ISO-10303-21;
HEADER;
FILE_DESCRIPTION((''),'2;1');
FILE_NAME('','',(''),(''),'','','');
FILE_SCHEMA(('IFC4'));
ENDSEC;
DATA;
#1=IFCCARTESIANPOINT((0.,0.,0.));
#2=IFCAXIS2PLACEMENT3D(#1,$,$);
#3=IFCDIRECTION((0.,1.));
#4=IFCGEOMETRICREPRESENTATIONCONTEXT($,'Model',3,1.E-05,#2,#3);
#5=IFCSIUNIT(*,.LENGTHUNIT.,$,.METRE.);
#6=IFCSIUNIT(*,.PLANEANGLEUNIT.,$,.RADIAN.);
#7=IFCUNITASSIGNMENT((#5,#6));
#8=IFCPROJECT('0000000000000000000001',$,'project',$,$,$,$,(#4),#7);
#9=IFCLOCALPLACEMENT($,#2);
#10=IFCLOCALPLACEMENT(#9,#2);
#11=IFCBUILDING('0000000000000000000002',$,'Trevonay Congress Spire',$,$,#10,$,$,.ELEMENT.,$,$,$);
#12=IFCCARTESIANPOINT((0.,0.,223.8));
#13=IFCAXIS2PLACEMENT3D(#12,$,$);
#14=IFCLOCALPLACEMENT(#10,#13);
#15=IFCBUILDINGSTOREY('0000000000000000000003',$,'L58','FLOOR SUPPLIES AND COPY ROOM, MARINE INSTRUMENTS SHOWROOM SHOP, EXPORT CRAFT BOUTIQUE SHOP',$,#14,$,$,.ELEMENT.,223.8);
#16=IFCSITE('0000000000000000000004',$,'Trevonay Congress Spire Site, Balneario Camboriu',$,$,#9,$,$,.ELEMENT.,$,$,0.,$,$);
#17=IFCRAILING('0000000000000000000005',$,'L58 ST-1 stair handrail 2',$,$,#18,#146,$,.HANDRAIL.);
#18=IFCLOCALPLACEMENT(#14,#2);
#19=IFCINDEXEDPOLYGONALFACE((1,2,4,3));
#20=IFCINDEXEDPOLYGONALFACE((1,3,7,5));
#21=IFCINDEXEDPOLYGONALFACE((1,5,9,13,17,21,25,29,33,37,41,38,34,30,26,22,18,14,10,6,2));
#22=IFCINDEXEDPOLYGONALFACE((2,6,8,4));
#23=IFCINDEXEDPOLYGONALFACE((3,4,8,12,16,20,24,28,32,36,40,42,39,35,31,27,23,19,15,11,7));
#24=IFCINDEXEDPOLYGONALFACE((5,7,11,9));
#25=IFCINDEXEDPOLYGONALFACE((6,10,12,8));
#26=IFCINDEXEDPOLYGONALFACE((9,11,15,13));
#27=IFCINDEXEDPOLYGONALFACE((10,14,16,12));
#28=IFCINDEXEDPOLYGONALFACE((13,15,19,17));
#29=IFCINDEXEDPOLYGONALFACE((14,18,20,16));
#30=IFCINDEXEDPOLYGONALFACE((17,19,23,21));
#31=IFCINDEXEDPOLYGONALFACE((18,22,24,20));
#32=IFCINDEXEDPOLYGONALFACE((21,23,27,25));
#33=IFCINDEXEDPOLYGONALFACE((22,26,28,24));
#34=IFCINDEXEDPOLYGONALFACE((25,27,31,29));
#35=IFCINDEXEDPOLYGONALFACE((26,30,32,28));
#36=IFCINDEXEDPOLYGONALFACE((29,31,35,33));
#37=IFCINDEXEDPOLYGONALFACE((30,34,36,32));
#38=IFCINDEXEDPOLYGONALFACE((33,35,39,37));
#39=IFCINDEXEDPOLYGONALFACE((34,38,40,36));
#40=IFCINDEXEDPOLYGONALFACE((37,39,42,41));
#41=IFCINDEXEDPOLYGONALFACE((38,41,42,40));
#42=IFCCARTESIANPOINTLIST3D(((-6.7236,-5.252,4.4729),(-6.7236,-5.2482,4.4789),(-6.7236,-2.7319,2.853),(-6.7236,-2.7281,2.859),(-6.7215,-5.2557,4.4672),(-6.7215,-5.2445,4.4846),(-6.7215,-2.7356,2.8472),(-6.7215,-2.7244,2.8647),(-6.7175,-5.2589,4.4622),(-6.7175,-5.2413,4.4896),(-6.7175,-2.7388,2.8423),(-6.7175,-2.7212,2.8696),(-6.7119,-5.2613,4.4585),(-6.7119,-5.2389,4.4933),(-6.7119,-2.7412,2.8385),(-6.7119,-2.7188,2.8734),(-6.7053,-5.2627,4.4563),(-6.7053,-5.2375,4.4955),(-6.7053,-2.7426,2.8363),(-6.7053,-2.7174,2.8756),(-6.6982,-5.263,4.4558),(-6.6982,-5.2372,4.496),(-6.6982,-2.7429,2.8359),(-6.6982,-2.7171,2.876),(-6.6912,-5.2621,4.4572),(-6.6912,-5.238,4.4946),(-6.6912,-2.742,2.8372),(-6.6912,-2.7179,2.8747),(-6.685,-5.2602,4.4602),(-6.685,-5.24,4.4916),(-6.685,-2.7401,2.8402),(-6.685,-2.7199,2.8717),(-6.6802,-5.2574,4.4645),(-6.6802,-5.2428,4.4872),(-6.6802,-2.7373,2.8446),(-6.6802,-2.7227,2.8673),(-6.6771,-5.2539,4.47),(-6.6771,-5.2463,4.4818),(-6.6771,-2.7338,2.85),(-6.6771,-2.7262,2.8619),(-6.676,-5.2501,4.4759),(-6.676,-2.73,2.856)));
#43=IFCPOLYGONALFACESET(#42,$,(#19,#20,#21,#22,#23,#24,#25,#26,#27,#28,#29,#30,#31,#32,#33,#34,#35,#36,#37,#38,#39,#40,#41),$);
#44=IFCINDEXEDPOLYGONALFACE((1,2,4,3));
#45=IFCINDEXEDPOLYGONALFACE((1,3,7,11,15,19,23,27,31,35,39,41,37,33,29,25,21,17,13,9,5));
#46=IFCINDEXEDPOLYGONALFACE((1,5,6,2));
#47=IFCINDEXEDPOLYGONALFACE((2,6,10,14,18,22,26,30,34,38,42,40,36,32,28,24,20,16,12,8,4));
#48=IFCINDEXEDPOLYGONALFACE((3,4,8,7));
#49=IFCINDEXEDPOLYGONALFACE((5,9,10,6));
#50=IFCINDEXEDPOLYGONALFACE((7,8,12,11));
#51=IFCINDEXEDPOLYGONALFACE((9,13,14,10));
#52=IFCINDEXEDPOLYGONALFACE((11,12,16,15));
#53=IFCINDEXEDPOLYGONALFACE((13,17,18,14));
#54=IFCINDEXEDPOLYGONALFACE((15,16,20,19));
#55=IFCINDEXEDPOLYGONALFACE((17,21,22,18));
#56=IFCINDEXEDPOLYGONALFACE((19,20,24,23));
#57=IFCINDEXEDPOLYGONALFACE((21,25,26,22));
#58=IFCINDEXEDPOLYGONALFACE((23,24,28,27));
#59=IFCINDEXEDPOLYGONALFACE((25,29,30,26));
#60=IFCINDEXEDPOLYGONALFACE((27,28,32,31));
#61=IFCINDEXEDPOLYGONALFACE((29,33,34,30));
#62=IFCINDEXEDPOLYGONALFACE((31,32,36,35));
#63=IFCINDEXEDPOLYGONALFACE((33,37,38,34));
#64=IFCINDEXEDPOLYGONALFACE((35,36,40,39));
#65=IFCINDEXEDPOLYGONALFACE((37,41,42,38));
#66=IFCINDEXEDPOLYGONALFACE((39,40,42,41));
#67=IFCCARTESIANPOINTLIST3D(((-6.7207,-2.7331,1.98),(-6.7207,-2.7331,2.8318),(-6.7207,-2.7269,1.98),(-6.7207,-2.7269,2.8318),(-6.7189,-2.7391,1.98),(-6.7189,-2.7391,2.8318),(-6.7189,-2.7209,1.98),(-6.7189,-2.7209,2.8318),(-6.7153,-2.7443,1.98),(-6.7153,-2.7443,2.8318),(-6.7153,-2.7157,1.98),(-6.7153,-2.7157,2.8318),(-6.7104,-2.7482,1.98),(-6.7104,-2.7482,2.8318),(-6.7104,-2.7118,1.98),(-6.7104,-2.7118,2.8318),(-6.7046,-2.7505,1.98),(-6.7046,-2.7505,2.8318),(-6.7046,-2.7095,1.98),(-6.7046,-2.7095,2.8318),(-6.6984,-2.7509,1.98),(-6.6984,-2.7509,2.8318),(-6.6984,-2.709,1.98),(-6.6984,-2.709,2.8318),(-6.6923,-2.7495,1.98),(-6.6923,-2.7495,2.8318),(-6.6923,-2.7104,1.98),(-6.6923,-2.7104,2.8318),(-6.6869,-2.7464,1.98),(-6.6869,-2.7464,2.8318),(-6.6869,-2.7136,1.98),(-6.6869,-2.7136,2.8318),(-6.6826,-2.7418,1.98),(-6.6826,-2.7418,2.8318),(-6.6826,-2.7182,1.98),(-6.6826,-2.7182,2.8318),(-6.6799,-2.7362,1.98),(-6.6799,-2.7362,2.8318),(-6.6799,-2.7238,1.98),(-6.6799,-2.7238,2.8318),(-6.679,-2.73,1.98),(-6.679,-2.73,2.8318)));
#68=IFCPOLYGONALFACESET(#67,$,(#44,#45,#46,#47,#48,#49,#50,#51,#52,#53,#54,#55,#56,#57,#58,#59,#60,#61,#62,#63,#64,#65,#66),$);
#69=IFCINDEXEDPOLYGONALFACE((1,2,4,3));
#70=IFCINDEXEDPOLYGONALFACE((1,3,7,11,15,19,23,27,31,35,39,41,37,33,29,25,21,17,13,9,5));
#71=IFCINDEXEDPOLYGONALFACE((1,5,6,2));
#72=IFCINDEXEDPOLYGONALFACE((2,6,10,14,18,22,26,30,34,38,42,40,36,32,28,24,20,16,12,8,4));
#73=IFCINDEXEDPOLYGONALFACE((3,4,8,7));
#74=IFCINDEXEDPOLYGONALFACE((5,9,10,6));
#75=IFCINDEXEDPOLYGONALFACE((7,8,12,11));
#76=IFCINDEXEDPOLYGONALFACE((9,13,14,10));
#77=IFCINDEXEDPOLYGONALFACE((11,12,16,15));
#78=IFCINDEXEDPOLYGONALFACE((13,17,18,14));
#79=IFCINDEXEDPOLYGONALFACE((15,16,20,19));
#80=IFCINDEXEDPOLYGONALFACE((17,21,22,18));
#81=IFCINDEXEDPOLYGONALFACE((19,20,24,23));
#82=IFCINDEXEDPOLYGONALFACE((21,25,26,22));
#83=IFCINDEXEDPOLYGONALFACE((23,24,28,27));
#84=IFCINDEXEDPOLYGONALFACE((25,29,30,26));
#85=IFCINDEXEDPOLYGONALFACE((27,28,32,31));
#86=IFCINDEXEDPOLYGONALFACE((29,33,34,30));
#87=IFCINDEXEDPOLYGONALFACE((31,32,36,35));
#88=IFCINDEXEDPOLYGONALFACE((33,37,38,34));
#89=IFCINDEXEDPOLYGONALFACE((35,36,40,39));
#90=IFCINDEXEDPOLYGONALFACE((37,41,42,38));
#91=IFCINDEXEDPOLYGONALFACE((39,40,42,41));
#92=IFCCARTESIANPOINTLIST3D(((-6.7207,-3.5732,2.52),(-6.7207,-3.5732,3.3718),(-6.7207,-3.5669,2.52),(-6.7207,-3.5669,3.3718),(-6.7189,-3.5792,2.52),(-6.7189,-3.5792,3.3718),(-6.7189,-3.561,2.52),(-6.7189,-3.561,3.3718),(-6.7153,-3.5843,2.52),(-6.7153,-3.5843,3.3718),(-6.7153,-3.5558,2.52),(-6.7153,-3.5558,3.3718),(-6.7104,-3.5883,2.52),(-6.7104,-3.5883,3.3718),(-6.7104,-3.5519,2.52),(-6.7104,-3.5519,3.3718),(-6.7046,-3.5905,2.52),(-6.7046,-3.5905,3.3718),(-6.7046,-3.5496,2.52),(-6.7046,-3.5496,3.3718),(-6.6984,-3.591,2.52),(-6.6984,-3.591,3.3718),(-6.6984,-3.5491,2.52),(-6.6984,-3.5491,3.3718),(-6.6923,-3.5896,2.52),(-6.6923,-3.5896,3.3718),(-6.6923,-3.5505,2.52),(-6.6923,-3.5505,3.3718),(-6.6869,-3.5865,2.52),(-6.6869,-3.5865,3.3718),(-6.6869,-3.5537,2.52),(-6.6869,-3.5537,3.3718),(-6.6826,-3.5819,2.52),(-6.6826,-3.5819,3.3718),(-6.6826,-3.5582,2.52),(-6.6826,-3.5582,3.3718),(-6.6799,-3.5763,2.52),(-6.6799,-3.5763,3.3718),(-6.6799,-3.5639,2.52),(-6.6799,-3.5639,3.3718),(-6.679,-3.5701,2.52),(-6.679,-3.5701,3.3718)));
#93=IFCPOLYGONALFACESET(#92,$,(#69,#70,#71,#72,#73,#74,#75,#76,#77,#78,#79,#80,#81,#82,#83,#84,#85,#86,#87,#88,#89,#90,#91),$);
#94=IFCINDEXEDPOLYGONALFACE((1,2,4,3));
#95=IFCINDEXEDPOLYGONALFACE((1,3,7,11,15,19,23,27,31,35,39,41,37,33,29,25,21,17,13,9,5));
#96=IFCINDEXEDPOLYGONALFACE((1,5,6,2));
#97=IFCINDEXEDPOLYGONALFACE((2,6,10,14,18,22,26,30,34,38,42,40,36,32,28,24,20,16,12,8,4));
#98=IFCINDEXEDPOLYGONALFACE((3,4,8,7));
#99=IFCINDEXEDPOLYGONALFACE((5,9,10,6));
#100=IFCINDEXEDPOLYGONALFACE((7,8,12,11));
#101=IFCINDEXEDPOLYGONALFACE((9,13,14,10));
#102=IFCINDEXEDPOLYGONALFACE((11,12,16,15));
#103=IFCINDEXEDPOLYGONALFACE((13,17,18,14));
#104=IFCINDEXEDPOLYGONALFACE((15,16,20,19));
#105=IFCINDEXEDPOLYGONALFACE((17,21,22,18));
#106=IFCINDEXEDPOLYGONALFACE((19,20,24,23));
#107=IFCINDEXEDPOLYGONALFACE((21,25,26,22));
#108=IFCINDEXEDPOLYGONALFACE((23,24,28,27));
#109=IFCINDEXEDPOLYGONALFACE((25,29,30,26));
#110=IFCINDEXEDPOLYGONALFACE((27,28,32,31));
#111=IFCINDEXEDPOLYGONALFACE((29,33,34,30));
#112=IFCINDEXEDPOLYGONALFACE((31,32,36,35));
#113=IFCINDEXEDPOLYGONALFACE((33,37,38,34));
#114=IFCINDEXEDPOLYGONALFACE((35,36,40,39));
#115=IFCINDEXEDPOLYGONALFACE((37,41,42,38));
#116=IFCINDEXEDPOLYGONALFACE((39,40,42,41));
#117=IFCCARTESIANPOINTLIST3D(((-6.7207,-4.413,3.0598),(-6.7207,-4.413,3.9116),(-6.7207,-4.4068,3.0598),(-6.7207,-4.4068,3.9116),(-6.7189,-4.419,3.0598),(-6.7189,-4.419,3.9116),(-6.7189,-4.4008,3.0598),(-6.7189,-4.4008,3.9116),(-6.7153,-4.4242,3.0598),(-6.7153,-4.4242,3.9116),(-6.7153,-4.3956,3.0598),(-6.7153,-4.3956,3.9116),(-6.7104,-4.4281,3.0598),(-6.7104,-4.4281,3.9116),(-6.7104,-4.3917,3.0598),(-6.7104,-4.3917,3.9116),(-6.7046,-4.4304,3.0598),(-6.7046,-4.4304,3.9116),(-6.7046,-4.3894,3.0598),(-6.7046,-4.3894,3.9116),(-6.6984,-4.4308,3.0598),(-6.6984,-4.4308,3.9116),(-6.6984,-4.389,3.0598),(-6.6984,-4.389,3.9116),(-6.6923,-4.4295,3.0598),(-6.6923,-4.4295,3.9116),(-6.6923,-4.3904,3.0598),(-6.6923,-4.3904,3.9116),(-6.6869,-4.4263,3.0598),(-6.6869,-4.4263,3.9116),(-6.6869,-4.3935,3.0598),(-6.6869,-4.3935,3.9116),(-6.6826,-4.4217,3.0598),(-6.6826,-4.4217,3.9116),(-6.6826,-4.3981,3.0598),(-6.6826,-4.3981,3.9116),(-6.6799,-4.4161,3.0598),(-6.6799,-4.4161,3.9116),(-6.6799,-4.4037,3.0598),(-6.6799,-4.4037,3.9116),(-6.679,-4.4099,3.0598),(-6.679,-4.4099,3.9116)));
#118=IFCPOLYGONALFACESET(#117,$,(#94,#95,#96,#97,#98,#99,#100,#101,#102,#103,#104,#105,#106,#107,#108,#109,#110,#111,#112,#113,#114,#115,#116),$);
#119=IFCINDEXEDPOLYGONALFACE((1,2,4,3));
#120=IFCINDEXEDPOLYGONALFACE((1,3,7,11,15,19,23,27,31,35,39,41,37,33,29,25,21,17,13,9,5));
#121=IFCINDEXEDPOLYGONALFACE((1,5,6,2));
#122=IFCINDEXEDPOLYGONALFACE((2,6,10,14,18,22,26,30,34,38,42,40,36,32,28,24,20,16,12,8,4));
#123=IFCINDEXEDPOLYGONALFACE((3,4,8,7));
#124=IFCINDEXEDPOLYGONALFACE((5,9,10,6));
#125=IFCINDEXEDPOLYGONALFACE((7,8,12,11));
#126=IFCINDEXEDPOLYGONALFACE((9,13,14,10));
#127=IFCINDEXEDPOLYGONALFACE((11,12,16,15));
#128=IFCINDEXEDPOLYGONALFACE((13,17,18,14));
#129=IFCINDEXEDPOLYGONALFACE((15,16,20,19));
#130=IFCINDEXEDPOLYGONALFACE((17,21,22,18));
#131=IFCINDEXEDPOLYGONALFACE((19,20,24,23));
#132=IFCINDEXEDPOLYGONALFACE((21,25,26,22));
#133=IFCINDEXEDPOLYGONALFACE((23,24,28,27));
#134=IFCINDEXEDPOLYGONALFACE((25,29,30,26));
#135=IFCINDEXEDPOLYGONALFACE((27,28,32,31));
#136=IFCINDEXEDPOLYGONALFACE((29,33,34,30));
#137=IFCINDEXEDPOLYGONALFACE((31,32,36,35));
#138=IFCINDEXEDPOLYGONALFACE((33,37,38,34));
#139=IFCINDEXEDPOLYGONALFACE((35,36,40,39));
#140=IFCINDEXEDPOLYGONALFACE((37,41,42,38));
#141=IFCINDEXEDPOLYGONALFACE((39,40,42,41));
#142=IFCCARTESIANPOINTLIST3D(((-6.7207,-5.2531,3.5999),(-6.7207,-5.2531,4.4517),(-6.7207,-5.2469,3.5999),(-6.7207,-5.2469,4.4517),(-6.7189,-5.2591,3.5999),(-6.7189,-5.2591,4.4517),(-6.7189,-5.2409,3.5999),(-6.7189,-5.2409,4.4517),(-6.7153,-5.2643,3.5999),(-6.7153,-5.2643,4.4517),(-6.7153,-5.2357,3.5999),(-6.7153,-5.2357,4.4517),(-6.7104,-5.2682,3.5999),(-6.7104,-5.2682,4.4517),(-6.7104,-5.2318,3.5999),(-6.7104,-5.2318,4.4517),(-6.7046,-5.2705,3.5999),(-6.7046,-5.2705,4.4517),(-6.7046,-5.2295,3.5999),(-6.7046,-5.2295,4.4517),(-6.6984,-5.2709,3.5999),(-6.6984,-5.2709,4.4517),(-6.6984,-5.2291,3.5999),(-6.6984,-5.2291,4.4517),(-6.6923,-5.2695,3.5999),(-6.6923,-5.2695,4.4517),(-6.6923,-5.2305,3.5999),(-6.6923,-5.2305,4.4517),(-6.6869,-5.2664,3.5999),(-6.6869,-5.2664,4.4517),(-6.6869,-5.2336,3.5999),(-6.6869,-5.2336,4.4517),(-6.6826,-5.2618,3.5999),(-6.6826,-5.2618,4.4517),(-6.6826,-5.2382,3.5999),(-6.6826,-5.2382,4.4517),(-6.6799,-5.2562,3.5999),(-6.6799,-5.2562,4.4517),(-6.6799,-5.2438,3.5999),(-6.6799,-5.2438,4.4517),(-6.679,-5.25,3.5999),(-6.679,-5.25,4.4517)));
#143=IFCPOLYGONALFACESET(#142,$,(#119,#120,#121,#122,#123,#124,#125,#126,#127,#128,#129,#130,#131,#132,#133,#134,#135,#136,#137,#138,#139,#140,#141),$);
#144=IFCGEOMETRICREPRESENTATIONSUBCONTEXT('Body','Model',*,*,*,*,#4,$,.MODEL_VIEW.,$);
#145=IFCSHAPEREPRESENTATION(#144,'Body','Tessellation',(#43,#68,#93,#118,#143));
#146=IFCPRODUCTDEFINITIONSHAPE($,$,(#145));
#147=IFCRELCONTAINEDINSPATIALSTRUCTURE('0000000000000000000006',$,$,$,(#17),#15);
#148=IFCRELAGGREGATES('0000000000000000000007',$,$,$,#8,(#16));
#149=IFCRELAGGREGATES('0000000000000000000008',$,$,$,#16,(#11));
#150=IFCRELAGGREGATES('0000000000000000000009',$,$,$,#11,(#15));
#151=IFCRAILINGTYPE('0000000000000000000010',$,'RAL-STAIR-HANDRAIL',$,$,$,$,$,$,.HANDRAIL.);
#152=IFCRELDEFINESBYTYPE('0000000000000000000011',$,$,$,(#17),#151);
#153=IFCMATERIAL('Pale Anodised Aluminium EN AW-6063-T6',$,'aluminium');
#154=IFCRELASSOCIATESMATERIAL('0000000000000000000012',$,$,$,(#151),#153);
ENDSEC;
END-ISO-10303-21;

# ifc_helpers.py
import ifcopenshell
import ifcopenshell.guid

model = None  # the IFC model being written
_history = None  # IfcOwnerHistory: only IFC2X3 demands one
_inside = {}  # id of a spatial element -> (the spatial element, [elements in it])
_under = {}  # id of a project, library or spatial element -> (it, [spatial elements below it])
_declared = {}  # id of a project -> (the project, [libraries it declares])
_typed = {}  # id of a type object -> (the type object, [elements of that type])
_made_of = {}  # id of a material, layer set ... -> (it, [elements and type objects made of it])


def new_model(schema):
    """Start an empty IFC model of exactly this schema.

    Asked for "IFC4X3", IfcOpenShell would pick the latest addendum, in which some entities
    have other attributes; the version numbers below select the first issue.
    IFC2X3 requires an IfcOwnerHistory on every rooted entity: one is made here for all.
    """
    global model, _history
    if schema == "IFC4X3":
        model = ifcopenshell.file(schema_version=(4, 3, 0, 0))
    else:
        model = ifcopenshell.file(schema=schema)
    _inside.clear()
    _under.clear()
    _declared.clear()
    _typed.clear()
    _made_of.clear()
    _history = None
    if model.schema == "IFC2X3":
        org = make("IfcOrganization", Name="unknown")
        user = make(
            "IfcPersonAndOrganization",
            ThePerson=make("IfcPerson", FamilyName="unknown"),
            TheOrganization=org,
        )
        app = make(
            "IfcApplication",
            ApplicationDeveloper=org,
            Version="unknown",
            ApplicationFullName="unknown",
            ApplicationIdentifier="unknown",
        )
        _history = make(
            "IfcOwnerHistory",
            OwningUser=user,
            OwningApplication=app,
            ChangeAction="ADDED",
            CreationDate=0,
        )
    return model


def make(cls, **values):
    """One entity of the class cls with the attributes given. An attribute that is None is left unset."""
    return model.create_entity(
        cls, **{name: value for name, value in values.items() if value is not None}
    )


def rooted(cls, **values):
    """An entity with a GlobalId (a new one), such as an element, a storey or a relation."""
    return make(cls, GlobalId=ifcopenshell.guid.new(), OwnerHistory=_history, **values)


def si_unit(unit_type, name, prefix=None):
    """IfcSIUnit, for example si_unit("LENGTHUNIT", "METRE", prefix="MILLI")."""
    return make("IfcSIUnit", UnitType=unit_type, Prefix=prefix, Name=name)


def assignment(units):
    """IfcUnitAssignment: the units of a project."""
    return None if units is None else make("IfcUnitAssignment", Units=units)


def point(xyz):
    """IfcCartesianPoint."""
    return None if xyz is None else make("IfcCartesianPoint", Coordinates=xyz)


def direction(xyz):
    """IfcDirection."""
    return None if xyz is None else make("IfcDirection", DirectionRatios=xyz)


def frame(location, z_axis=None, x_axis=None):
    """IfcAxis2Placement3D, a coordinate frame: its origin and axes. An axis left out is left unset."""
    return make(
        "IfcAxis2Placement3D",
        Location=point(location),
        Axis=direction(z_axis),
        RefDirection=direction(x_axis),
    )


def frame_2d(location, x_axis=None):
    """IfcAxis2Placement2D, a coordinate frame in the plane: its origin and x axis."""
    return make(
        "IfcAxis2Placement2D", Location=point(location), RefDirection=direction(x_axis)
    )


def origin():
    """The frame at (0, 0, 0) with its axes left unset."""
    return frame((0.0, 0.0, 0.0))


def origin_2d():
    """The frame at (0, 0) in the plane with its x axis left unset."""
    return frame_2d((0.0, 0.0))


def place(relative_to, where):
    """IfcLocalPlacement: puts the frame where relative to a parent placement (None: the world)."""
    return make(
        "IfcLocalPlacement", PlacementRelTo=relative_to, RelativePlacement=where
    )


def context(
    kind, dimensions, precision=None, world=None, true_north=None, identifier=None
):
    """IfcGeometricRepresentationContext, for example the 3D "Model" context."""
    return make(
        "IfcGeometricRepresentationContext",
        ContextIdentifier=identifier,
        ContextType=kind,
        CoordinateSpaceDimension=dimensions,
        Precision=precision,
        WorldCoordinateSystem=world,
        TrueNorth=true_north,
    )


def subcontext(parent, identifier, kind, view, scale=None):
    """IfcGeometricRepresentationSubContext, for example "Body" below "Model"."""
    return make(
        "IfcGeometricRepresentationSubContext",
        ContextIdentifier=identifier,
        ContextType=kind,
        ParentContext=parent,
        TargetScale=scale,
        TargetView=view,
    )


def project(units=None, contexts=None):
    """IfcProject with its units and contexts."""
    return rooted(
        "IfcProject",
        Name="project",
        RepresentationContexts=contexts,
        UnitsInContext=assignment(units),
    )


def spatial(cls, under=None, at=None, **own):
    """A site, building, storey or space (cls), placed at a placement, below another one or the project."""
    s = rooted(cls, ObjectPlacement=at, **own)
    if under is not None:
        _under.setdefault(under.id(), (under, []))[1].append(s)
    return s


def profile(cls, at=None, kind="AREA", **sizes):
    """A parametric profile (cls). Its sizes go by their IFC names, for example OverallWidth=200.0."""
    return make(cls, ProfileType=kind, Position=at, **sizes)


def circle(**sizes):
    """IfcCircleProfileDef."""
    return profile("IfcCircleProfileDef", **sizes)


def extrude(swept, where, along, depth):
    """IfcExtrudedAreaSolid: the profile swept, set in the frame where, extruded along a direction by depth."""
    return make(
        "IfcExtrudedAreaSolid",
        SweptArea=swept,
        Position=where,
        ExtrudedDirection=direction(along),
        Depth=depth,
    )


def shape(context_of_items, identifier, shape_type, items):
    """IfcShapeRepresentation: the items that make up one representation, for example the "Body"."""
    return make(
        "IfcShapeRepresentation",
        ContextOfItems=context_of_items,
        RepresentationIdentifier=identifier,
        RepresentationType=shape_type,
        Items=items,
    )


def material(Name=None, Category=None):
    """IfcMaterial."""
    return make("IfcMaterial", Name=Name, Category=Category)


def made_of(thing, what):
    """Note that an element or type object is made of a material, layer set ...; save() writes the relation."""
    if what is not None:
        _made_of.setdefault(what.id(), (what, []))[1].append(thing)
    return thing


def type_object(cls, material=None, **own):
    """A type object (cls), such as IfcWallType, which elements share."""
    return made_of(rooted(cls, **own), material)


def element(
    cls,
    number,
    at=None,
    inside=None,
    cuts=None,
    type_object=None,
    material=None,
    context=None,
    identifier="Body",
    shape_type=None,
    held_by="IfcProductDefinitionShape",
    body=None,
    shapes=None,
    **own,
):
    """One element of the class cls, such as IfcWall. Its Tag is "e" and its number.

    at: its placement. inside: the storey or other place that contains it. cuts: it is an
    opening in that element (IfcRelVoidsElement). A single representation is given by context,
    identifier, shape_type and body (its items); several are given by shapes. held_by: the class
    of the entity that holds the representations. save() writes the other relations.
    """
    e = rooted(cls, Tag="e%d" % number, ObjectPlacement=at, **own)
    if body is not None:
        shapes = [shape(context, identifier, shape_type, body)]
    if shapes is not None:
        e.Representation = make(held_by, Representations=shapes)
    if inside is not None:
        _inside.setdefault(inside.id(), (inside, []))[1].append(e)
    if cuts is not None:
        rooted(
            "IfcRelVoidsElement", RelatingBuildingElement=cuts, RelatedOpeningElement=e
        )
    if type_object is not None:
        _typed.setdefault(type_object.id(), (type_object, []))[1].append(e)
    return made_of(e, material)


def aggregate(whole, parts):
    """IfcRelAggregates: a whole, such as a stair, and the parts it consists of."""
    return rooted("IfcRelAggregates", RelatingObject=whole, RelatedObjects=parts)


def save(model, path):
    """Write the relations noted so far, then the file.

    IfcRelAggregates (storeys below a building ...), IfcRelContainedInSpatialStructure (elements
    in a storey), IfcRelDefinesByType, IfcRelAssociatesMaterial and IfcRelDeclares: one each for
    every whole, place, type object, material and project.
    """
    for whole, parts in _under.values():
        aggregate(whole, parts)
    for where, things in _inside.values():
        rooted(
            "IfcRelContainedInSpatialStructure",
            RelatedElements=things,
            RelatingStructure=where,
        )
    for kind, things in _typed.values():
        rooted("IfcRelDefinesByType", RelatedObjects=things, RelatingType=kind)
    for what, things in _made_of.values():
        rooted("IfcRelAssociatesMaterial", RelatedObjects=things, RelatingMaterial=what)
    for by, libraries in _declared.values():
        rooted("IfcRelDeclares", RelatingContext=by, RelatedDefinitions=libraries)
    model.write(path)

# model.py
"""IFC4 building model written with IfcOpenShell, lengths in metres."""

from ifc_helpers import new_model, si_unit, direction, frame, origin, origin_2d, place, context, subcontext, project, spatial, circle, extrude, material, type_object, element, save


model = new_model("IFC4")

# Units and contexts
model_context = context("Model", 3, precision=1e-05, world=origin(), true_north=direction((0.0, 1.0)))
body_context = subcontext(model_context, "Body", "Model", "MODEL_VIEW")
ifc_project = project(units=[si_unit("LENGTHUNIT", "METRE"), si_unit("PLANEANGLEUNIT", "RADIAN")], contexts=[model_context])

# Site, building, storey
site_placement = place(None, origin())
site = spatial("IfcSite", under=ifc_project, at=site_placement, Name="Trevonay Congress Spire Site, Balneario Camboriu", CompositionType="ELEMENT", RefElevation=0.0)
building_placement = place(site_placement, origin())
building = spatial("IfcBuilding", under=site, at=building_placement, Name="Trevonay Congress Spire", CompositionType="ELEMENT")
storey_placement = place(building_placement, frame((0.0, 0.0, 223.8)))
storey = spatial("IfcBuildingStorey", under=building, at=storey_placement, Name="L58", Description="FLOOR SUPPLIES AND COPY ROOM, MARINE INSTRUMENTS SHOWROOM SHOP, EXPORT CRAFT BOUTIQUE SHOP", CompositionType="ELEMENT", Elevation=223.8)

# Railing
ifc_material_1 = material(Name="Pale Anodised Aluminium EN AW-6063-T6", Category="aluminium")
railing_type_1 = type_object("IfcRailingType", Name="RAL-STAIR-HANDRAIL", PredefinedType="HANDRAIL", material=ifc_material_1)
railing_1_placement = place(storey_placement, frame((-6.7, -2.73, 1.98)))
element("IfcRailing", 1, at=railing_1_placement, inside=storey, type_object=railing_type_1, Name="L58 ST-1 stair handrail 2", PredefinedType="HANDRAIL", context=body_context, shape_type="SweptSolid", body=[
    extrude(circle(Radius=0.0239, at=origin_2d()), frame((0.0, 0.0, 0.876), z_axis=(0.0, -0.8412, 0.540725), x_axis=(1.0, 0.0, 0.0)), (0.0, 0.0, 1.0), 2.9958),
    extrude(circle(Radius=0.021, at=origin_2d()), origin(), (0.0, 0.0, 1.0), 0.8518),
    extrude(circle(Radius=0.021, at=origin_2d()), frame((0.0, -0.8401, 0.54)), (0.0, 0.0, 1.0), 0.8518),
    extrude(circle(Radius=0.021, at=origin_2d()), frame((0.0, -1.6799, 1.0798)), (0.0, 0.0, 1.0), 0.8518),
    extrude(circle(Radius=0.021, at=origin_2d()), frame((0.0, -2.52, 1.6199)), (0.0, 0.0, 1.0), 0.8518),
])

save(model, "model.ifc")
